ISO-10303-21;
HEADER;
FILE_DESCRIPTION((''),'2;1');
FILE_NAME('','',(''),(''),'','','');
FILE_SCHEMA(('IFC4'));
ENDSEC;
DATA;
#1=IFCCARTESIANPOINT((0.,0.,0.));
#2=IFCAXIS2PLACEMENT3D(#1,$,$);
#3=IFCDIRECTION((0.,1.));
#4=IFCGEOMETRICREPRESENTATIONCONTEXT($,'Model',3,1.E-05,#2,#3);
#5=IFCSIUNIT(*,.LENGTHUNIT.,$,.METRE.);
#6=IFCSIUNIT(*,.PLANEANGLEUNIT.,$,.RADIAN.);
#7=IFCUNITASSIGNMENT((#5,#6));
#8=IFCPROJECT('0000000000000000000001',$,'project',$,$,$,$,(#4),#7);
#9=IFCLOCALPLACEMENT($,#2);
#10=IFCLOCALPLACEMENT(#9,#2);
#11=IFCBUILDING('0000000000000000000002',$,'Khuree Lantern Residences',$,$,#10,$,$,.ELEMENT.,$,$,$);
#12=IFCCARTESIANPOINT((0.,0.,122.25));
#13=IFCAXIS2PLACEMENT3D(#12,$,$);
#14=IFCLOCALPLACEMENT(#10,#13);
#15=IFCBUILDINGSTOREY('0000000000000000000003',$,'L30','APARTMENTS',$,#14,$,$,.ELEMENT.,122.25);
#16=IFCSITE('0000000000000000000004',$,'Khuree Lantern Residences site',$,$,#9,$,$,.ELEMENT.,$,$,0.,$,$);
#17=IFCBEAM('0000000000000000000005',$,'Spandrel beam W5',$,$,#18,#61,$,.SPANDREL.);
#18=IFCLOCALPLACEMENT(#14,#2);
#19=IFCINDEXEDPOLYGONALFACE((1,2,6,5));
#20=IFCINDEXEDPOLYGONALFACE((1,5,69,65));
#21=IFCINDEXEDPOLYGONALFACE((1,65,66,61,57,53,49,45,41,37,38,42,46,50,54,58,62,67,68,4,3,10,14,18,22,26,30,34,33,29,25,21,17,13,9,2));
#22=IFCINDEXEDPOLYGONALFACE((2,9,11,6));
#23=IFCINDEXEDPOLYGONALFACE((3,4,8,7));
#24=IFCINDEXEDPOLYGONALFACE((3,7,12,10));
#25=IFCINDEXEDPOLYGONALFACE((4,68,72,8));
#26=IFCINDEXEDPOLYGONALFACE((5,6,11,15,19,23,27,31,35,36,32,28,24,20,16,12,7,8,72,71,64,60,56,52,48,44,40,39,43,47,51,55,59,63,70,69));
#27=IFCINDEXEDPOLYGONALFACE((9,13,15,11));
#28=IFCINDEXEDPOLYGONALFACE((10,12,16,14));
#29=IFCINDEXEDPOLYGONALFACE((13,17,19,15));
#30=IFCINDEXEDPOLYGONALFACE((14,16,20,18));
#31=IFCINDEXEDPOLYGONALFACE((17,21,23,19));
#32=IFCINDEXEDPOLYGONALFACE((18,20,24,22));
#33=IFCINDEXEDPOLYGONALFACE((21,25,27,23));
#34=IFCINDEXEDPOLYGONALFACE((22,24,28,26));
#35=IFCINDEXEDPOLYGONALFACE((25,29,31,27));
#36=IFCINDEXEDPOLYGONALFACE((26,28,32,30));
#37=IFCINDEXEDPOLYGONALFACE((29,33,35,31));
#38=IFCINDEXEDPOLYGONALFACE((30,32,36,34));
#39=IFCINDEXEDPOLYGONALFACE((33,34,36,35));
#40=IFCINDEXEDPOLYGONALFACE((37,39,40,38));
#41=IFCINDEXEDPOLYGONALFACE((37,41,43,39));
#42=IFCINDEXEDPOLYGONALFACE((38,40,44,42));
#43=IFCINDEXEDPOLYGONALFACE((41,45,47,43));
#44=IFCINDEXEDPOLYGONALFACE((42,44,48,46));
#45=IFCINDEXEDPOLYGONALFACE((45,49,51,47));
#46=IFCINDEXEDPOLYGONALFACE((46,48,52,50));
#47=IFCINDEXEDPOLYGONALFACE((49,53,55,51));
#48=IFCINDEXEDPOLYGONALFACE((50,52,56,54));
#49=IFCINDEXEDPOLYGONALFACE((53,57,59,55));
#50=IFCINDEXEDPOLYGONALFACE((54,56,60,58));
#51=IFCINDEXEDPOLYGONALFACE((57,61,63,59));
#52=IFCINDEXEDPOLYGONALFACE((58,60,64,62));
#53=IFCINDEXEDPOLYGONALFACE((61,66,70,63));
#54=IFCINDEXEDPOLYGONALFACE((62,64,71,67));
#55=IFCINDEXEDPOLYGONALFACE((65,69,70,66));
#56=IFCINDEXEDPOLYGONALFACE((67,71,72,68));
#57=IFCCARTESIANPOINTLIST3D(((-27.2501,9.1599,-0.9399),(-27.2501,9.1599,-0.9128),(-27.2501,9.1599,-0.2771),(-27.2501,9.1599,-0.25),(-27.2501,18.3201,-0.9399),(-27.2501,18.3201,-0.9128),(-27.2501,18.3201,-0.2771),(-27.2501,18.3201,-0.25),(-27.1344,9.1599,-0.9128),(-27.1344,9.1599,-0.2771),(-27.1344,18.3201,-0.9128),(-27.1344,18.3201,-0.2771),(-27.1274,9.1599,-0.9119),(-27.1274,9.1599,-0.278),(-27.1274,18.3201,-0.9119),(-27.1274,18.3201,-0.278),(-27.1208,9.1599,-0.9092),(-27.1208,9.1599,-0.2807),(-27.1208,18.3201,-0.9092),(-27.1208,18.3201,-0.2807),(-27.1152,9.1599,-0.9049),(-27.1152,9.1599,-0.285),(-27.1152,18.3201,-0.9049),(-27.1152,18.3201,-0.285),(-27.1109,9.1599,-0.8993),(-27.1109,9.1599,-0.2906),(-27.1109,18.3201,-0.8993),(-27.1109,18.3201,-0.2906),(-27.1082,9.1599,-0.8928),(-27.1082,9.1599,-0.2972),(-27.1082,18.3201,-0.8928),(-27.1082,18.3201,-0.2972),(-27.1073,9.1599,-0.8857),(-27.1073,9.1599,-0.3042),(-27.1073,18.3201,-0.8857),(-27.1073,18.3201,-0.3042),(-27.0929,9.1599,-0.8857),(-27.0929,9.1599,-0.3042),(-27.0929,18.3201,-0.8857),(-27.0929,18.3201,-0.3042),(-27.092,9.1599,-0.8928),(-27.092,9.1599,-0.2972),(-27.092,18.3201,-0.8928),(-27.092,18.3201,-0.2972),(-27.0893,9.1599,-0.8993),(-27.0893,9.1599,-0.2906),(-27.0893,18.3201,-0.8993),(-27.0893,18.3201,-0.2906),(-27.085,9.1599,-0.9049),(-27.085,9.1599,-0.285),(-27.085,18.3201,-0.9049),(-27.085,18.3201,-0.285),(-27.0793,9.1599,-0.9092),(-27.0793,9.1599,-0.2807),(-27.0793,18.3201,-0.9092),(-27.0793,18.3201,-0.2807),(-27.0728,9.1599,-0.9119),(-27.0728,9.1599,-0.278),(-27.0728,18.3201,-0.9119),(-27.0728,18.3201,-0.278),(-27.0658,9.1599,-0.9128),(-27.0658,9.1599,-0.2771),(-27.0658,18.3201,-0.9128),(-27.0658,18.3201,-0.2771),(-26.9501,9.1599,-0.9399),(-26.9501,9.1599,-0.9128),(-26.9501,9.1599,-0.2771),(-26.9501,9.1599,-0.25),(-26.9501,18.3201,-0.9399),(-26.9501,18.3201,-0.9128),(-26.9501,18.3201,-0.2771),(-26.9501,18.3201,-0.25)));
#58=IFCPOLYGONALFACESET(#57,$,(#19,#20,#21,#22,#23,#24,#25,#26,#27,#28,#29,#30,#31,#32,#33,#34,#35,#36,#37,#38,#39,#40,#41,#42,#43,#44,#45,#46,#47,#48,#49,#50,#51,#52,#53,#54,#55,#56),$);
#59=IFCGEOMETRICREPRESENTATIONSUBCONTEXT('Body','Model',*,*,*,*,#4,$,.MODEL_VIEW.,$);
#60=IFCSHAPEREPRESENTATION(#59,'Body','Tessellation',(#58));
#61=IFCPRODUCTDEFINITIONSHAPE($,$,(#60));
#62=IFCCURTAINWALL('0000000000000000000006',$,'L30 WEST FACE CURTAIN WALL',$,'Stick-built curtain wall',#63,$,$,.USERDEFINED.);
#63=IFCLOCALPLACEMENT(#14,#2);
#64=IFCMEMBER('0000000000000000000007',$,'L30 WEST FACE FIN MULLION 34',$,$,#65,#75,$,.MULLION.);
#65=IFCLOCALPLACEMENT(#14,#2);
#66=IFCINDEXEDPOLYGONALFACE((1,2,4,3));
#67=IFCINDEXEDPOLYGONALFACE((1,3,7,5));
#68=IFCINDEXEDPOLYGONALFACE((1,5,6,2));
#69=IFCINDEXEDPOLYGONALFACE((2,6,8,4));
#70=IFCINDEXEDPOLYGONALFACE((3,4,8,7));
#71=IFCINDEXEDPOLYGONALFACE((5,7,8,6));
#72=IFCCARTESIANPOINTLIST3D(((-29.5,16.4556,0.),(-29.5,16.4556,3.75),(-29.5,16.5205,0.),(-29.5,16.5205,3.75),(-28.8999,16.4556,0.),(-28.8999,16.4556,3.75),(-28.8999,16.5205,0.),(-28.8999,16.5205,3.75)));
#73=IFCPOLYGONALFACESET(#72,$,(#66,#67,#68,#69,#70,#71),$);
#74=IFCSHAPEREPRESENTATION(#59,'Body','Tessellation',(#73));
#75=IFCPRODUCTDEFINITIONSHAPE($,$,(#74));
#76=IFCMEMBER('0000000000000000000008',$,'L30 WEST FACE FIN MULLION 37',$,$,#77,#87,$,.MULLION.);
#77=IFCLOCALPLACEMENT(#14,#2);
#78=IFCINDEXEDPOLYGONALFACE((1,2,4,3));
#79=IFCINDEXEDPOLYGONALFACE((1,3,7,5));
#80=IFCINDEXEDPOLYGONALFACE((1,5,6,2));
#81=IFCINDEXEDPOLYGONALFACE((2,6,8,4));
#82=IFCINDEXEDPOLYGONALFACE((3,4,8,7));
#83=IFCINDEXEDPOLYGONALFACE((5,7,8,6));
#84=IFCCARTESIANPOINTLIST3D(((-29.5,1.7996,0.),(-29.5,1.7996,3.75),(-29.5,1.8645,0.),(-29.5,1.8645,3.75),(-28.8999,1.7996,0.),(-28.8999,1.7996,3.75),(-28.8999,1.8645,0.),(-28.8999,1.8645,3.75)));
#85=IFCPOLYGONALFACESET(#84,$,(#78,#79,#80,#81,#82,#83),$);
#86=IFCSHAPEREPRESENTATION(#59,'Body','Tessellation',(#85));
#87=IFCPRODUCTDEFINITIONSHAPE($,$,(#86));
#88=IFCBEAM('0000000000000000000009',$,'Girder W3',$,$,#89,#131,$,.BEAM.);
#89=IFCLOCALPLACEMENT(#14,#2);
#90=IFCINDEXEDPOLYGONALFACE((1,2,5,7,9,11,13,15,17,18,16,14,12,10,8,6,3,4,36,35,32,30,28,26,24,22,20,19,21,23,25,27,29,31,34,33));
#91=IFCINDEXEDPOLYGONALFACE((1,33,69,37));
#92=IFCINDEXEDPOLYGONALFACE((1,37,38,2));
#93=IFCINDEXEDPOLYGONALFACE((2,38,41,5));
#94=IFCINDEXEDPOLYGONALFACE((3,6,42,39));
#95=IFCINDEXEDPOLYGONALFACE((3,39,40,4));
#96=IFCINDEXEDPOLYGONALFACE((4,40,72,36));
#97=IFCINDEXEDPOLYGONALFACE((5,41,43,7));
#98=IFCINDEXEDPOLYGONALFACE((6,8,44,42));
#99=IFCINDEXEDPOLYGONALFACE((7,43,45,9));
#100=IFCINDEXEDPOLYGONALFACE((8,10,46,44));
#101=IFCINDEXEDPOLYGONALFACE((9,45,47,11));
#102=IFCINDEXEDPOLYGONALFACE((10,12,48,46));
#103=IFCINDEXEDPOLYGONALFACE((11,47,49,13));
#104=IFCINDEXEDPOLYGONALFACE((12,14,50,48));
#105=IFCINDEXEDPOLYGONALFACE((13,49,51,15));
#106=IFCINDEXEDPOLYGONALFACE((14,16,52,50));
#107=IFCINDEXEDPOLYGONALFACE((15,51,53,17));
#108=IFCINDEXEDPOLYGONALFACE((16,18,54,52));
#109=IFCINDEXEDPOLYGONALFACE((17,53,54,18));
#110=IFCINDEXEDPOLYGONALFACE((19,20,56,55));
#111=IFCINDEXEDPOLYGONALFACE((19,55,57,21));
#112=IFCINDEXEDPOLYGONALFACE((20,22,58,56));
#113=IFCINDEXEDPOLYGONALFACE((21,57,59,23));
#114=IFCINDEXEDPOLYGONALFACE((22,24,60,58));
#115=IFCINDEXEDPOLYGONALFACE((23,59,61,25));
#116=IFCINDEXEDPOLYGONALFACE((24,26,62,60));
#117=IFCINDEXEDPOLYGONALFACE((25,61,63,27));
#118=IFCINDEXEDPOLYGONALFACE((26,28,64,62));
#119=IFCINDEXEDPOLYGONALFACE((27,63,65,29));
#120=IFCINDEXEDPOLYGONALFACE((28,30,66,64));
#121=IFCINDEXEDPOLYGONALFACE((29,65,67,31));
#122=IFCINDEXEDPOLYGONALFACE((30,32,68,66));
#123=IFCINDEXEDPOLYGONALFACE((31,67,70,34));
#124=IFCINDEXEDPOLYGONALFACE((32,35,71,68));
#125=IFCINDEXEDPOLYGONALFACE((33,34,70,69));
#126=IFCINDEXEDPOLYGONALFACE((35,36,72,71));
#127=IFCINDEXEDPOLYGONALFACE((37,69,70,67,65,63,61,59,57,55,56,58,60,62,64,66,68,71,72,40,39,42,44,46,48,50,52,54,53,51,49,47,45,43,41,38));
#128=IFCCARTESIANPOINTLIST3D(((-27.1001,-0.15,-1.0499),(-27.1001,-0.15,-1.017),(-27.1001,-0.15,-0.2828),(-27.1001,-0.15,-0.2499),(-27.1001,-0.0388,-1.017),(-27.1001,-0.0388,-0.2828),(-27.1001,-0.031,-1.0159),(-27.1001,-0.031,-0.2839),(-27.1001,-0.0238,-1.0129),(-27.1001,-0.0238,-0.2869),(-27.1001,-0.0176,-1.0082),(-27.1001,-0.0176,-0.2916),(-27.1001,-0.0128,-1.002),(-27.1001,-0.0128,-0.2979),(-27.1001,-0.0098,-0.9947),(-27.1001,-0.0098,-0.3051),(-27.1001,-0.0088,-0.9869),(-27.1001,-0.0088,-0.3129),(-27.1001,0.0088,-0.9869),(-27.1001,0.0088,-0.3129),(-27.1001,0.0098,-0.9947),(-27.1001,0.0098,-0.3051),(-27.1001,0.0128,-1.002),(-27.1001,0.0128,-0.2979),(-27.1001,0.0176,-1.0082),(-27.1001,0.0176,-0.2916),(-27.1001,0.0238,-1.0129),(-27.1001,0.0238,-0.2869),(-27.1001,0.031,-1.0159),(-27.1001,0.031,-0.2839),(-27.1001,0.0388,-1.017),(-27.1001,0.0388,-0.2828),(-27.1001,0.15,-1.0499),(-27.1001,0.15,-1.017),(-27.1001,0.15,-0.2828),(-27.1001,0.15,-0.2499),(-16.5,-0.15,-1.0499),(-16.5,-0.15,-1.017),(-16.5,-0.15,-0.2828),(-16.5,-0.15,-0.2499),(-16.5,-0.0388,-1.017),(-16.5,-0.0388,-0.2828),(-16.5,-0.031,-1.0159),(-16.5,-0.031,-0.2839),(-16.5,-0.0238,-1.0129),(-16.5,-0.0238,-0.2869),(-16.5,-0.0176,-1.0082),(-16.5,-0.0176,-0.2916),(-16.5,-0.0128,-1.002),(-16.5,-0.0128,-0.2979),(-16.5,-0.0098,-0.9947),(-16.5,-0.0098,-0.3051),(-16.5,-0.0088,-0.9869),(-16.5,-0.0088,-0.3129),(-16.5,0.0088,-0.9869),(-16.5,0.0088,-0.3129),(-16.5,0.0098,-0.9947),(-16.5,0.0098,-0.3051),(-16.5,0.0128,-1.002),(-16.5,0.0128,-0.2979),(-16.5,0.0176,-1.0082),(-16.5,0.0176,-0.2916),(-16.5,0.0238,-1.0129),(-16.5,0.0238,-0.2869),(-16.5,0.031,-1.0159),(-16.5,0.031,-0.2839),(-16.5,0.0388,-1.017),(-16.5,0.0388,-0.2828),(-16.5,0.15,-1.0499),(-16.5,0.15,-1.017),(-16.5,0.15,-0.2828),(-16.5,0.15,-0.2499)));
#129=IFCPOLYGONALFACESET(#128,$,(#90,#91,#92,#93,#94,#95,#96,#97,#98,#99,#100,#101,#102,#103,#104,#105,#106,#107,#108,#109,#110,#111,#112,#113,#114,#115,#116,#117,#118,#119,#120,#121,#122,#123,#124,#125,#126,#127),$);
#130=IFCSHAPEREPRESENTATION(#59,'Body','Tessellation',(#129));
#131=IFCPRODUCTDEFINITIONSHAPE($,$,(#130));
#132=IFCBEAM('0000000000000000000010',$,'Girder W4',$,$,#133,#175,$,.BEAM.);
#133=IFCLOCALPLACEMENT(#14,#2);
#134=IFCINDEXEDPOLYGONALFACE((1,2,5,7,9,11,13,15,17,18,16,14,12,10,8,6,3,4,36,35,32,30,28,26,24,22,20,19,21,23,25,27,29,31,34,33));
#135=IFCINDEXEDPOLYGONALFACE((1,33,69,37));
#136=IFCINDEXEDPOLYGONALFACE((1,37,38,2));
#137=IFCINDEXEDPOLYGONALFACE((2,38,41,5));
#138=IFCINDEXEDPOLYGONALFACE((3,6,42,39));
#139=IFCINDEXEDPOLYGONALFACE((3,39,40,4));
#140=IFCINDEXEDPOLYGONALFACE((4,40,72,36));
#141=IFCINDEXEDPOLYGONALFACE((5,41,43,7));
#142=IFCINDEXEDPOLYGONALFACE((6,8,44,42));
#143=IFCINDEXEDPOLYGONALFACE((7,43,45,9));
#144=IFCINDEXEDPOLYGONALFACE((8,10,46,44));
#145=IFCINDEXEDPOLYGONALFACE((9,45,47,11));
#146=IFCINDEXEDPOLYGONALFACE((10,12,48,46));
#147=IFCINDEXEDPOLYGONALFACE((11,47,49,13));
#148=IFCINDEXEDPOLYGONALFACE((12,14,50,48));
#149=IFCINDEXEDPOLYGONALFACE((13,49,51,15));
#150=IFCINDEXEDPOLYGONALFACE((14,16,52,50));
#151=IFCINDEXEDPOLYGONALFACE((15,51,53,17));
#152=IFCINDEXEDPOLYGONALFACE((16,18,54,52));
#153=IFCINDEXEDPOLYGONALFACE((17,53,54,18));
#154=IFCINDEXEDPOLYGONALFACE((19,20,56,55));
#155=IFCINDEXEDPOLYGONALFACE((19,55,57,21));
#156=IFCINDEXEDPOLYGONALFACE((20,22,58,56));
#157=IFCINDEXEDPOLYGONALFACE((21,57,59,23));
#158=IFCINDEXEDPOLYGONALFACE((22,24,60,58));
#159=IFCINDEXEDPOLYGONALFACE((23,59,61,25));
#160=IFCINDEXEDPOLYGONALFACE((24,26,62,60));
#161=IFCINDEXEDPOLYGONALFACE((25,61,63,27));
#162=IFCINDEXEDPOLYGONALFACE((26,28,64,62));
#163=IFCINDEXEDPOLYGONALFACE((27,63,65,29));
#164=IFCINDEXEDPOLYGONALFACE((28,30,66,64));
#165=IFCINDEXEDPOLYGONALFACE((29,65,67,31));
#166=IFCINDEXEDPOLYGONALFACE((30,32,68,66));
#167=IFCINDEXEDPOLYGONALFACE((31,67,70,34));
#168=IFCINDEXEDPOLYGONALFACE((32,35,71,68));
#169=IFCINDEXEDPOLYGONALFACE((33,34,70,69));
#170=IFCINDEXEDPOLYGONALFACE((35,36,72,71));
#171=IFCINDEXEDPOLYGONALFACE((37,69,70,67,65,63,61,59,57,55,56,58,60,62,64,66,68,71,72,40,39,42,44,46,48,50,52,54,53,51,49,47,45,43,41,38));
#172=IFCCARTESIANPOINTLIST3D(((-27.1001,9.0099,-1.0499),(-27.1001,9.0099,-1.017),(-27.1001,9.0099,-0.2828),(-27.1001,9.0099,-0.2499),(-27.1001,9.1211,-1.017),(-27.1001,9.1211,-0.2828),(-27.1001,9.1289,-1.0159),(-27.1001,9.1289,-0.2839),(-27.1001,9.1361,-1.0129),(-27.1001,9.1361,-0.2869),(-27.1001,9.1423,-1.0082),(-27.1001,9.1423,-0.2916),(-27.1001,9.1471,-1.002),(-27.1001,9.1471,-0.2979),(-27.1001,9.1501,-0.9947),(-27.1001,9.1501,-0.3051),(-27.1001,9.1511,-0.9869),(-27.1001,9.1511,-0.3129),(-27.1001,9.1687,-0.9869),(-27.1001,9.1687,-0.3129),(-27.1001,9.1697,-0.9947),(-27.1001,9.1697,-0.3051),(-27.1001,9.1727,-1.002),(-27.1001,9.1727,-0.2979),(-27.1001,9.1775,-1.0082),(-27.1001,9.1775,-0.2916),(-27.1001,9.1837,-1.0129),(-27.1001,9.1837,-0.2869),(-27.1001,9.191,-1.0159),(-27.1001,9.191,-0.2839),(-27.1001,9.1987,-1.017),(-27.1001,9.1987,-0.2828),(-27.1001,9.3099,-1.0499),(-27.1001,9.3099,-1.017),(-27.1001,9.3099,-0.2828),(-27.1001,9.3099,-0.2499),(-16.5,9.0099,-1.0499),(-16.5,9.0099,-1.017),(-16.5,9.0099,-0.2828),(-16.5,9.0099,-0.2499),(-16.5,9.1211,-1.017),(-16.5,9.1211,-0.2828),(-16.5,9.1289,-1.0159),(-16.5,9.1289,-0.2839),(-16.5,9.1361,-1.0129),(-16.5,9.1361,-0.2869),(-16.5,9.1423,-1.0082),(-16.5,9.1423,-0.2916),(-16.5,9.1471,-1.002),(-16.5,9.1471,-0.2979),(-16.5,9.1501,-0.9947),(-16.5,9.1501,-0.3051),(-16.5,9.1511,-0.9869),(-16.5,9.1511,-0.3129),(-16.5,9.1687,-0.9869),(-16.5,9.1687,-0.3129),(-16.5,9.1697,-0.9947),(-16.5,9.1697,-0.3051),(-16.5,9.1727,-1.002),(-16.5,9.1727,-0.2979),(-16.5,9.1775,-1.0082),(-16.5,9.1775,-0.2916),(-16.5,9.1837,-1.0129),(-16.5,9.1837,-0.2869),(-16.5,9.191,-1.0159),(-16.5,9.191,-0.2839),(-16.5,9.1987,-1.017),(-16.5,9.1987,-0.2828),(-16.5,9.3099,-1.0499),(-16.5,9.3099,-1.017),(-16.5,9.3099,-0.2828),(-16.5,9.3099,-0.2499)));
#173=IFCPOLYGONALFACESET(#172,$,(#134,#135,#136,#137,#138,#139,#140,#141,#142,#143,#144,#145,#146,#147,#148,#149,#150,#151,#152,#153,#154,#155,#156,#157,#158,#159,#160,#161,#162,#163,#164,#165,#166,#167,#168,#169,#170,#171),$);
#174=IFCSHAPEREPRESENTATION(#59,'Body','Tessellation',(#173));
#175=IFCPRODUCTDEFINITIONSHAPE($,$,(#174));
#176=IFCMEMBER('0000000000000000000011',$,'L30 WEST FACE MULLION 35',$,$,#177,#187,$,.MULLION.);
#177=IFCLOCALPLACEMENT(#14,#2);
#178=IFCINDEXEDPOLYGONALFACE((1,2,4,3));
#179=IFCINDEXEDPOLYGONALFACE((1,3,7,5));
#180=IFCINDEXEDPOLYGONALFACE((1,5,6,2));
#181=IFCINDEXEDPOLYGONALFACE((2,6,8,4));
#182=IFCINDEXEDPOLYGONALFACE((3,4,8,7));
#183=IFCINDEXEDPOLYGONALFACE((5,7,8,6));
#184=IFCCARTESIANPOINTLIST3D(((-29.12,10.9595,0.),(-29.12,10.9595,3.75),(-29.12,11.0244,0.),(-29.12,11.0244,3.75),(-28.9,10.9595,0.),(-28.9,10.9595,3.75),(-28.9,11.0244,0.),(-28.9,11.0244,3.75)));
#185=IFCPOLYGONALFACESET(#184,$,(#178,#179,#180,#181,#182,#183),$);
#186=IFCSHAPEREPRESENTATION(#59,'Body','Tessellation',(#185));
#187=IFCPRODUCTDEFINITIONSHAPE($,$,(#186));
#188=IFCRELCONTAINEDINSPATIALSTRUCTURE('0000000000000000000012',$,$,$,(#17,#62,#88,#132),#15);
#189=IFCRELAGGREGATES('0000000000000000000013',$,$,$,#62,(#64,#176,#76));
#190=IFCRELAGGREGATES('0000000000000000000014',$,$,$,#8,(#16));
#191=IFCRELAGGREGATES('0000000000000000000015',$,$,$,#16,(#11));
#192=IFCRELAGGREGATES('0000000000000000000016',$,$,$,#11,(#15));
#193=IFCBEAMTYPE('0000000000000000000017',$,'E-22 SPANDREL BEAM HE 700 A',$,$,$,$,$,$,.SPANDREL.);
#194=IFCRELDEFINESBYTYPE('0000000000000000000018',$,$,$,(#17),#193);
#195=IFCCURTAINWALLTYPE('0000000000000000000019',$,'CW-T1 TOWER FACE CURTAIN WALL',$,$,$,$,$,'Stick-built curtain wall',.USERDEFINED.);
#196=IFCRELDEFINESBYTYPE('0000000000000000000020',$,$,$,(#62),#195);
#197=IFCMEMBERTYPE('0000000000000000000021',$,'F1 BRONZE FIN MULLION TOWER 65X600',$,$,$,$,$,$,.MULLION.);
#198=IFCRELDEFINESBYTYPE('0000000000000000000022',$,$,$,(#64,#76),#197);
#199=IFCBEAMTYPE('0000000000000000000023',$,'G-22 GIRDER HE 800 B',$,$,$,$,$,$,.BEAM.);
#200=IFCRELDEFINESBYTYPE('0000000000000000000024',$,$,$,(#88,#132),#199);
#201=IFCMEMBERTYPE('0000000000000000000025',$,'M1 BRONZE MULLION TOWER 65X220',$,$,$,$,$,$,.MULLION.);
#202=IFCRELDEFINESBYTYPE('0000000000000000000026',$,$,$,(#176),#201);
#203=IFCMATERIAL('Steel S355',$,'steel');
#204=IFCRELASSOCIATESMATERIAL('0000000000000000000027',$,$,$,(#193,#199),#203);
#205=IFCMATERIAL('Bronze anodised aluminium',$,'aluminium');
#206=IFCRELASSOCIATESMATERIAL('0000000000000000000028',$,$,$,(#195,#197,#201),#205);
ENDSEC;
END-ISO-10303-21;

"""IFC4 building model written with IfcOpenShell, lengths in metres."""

from ifc_helpers import new_model, si_unit, direction, frame, origin, origin_2d, place, context, subcontext, project, spatial, rectangle, i_section, extrude, material, material_profile, profile_set, type_object, element, aggregate, save


model = new_model("IFC4")

# Units and contexts
model_context = context("Model", 3, precision=1e-05, world=origin(), true_north=direction((0.0, 1.0)))
body_context = subcontext(model_context, "Body", "Model", "MODEL_VIEW")
ifc_project = project(units=[si_unit("LENGTHUNIT", "METRE"), si_unit("PLANEANGLEUNIT", "RADIAN")], contexts=[model_context])

# Site, building, storey
site_placement = place(None, origin())
site = spatial("IfcSite", under=ifc_project, at=site_placement, Name="Khuree Lantern Residences site", CompositionType="ELEMENT", RefElevation=0.0)
building_placement = place(site_placement, origin())
building = spatial("IfcBuilding", under=site, at=building_placement, Name="Khuree Lantern Residences", CompositionType="ELEMENT")
storey_placement = place(building_placement, frame((0.0, 0.0, 122.25)))
storey = spatial("IfcBuildingStorey", under=building, at=storey_placement, Name="L30", Description="APARTMENTS", CompositionType="ELEMENT", Elevation=122.25)

# Beam
ifc_material_1 = material(Name="Steel S355", Category="steel")
ifc_material_profile_1 = material_profile(ifc_material_1, i_section(OverallWidth=0.3, OverallDepth=0.6899, WebThickness=0.0144, FlangeThickness=0.0271, FilletRadius=0.0271, at=origin_2d()), Name="HE 700 A")
ifc_profile_set_1 = profile_set([ifc_material_profile_1], Name="Steel S355")
beam_type_1 = type_object("IfcBeamType", Name="E-22 SPANDREL BEAM HE 700 A", PredefinedType="SPANDREL", material=ifc_profile_set_1)
beam_1_placement = place(storey_placement, frame((-27.1001, 9.1599, -0.595), z_axis=(0.0, 1.0, 0.0), x_axis=(-1.0, 0.0, 0.0)))
element("IfcBeam", 1, at=beam_1_placement, inside=storey, type_object=beam_type_1, Name="Spandrel beam W5", PredefinedType="SPANDREL", context=body_context, shape_type="SweptSolid", body=[
    extrude(i_section(OverallWidth=0.3, OverallDepth=0.6899, WebThickness=0.0144, FlangeThickness=0.0271, FilletRadius=0.0271, at=origin_2d()), origin(), (0.0, 0.0, 1.0), 9.1602),
])

# Curtain wall, members
ifc_material_2 = material(Name="Bronze anodised aluminium", Category="aluminium")
curtain_wall_type = type_object("IfcCurtainWallType", Name="CW-T1 TOWER FACE CURTAIN WALL", ElementType="Stick-built curtain wall", PredefinedType="USERDEFINED", material=ifc_material_2)
curtain_wall_placement = place(storey_placement, origin())
curtain_wall = element("IfcCurtainWall", 2, at=curtain_wall_placement, inside=storey, type_object=curtain_wall_type, Name="L30 WEST FACE CURTAIN WALL", ObjectType="Stick-built curtain wall", PredefinedType="USERDEFINED")
ifc_material_profile_2 = material_profile(ifc_material_2, rectangle(XDim=0.0649, YDim=0.6001, at=origin_2d()), Name="F1 65X600")
ifc_profile_set_2 = profile_set([ifc_material_profile_2], Name="Bronze anodised aluminium")
member_type_1 = type_object("IfcMemberType", Name="F1 BRONZE FIN MULLION TOWER 65X600", PredefinedType="MULLION", material=ifc_profile_set_2)
member_1_placement = place(storey_placement, frame((-29.2, 16.488, 0.0), z_axis=(0.0, 0.0, 1.0), x_axis=(0.0, -1.0, 0.0)))
member_1 = element("IfcMember", 3, at=member_1_placement, type_object=member_type_1, Name="L30 WEST FACE FIN MULLION 34", PredefinedType="MULLION", context=body_context, shape_type="SweptSolid", body=[
    extrude(rectangle(XDim=0.0649, YDim=0.6001, at=origin_2d()), origin(), (0.0, 0.0, 1.0), 3.75),
])
member_2_placement = place(storey_placement, frame((-29.2, 1.832, 0.0), z_axis=(0.0, 0.0, 1.0), x_axis=(0.0, -1.0, 0.0)))
member_2 = element("IfcMember", 4, at=member_2_placement, type_object=member_type_1, Name="L30 WEST FACE FIN MULLION 37", PredefinedType="MULLION", context=body_context, shape_type="SweptSolid", body=[
    extrude(rectangle(XDim=0.0649, YDim=0.6001, at=origin_2d()), origin(), (0.0, 0.0, 1.0), 3.75),
])

# Beams
ifc_material_profile_3 = material_profile(ifc_material_1, i_section(OverallWidth=0.3, OverallDepth=0.8, WebThickness=0.0176, FlangeThickness=0.033, FilletRadius=0.03, at=origin_2d()), Name="HE 800 B")
ifc_profile_set_3 = profile_set([ifc_material_profile_3], Name="Steel S355")
beam_type_2 = type_object("IfcBeamType", Name="G-22 GIRDER HE 800 B", PredefinedType="BEAM", material=ifc_profile_set_3)
for number, where, z_axis, x_axis, name in (
    (5, (-27.1001, 0.0, -0.6499), (1.0, 0.0, 0.0), (0.0, 1.0, 0.0), "Girder W3"),
    (6, (-27.1001, 9.1599, -0.6499), (1.0, 0.0, 0.0), (0.0, 1.0, 0.0), "Girder W4"),
):
    element("IfcBeam", number, at=place(storey_placement, frame(where, z_axis=z_axis, x_axis=x_axis)), inside=storey, type_object=beam_type_2, Name=name, PredefinedType="BEAM", context=body_context, shape_type="SweptSolid", body=[
        extrude(i_section(OverallWidth=0.3, OverallDepth=0.8, WebThickness=0.0176, FlangeThickness=0.033, FilletRadius=0.03, at=origin_2d()), origin(), (0.0, 0.0, 1.0), 10.6001),
    ])

# Member
ifc_material_profile_4 = material_profile(ifc_material_2, rectangle(XDim=0.0649, YDim=0.22, at=origin_2d()), Name="M1 65X220")
ifc_profile_set_4 = profile_set([ifc_material_profile_4], Name="Bronze anodised aluminium")
member_type_2 = type_object("IfcMemberType", Name="M1 BRONZE MULLION TOWER 65X220", PredefinedType="MULLION", material=ifc_profile_set_4)
member_3_placement = place(storey_placement, frame((-29.01, 10.9919, 0.0), z_axis=(0.0, 0.0, 1.0), x_axis=(0.0, -1.0, 0.0)))
member_3 = element("IfcMember", 7, at=member_3_placement, type_object=member_type_2, Name="L30 WEST FACE MULLION 35", PredefinedType="MULLION", context=body_context, shape_type="SweptSolid", body=[
    extrude(rectangle(XDim=0.0649, YDim=0.22, at=origin_2d()), origin(), (0.0, 0.0, 1.0), 3.75),
])

aggregate(curtain_wall, [member_1, member_3, member_2])

save(model, "model.ifc")
